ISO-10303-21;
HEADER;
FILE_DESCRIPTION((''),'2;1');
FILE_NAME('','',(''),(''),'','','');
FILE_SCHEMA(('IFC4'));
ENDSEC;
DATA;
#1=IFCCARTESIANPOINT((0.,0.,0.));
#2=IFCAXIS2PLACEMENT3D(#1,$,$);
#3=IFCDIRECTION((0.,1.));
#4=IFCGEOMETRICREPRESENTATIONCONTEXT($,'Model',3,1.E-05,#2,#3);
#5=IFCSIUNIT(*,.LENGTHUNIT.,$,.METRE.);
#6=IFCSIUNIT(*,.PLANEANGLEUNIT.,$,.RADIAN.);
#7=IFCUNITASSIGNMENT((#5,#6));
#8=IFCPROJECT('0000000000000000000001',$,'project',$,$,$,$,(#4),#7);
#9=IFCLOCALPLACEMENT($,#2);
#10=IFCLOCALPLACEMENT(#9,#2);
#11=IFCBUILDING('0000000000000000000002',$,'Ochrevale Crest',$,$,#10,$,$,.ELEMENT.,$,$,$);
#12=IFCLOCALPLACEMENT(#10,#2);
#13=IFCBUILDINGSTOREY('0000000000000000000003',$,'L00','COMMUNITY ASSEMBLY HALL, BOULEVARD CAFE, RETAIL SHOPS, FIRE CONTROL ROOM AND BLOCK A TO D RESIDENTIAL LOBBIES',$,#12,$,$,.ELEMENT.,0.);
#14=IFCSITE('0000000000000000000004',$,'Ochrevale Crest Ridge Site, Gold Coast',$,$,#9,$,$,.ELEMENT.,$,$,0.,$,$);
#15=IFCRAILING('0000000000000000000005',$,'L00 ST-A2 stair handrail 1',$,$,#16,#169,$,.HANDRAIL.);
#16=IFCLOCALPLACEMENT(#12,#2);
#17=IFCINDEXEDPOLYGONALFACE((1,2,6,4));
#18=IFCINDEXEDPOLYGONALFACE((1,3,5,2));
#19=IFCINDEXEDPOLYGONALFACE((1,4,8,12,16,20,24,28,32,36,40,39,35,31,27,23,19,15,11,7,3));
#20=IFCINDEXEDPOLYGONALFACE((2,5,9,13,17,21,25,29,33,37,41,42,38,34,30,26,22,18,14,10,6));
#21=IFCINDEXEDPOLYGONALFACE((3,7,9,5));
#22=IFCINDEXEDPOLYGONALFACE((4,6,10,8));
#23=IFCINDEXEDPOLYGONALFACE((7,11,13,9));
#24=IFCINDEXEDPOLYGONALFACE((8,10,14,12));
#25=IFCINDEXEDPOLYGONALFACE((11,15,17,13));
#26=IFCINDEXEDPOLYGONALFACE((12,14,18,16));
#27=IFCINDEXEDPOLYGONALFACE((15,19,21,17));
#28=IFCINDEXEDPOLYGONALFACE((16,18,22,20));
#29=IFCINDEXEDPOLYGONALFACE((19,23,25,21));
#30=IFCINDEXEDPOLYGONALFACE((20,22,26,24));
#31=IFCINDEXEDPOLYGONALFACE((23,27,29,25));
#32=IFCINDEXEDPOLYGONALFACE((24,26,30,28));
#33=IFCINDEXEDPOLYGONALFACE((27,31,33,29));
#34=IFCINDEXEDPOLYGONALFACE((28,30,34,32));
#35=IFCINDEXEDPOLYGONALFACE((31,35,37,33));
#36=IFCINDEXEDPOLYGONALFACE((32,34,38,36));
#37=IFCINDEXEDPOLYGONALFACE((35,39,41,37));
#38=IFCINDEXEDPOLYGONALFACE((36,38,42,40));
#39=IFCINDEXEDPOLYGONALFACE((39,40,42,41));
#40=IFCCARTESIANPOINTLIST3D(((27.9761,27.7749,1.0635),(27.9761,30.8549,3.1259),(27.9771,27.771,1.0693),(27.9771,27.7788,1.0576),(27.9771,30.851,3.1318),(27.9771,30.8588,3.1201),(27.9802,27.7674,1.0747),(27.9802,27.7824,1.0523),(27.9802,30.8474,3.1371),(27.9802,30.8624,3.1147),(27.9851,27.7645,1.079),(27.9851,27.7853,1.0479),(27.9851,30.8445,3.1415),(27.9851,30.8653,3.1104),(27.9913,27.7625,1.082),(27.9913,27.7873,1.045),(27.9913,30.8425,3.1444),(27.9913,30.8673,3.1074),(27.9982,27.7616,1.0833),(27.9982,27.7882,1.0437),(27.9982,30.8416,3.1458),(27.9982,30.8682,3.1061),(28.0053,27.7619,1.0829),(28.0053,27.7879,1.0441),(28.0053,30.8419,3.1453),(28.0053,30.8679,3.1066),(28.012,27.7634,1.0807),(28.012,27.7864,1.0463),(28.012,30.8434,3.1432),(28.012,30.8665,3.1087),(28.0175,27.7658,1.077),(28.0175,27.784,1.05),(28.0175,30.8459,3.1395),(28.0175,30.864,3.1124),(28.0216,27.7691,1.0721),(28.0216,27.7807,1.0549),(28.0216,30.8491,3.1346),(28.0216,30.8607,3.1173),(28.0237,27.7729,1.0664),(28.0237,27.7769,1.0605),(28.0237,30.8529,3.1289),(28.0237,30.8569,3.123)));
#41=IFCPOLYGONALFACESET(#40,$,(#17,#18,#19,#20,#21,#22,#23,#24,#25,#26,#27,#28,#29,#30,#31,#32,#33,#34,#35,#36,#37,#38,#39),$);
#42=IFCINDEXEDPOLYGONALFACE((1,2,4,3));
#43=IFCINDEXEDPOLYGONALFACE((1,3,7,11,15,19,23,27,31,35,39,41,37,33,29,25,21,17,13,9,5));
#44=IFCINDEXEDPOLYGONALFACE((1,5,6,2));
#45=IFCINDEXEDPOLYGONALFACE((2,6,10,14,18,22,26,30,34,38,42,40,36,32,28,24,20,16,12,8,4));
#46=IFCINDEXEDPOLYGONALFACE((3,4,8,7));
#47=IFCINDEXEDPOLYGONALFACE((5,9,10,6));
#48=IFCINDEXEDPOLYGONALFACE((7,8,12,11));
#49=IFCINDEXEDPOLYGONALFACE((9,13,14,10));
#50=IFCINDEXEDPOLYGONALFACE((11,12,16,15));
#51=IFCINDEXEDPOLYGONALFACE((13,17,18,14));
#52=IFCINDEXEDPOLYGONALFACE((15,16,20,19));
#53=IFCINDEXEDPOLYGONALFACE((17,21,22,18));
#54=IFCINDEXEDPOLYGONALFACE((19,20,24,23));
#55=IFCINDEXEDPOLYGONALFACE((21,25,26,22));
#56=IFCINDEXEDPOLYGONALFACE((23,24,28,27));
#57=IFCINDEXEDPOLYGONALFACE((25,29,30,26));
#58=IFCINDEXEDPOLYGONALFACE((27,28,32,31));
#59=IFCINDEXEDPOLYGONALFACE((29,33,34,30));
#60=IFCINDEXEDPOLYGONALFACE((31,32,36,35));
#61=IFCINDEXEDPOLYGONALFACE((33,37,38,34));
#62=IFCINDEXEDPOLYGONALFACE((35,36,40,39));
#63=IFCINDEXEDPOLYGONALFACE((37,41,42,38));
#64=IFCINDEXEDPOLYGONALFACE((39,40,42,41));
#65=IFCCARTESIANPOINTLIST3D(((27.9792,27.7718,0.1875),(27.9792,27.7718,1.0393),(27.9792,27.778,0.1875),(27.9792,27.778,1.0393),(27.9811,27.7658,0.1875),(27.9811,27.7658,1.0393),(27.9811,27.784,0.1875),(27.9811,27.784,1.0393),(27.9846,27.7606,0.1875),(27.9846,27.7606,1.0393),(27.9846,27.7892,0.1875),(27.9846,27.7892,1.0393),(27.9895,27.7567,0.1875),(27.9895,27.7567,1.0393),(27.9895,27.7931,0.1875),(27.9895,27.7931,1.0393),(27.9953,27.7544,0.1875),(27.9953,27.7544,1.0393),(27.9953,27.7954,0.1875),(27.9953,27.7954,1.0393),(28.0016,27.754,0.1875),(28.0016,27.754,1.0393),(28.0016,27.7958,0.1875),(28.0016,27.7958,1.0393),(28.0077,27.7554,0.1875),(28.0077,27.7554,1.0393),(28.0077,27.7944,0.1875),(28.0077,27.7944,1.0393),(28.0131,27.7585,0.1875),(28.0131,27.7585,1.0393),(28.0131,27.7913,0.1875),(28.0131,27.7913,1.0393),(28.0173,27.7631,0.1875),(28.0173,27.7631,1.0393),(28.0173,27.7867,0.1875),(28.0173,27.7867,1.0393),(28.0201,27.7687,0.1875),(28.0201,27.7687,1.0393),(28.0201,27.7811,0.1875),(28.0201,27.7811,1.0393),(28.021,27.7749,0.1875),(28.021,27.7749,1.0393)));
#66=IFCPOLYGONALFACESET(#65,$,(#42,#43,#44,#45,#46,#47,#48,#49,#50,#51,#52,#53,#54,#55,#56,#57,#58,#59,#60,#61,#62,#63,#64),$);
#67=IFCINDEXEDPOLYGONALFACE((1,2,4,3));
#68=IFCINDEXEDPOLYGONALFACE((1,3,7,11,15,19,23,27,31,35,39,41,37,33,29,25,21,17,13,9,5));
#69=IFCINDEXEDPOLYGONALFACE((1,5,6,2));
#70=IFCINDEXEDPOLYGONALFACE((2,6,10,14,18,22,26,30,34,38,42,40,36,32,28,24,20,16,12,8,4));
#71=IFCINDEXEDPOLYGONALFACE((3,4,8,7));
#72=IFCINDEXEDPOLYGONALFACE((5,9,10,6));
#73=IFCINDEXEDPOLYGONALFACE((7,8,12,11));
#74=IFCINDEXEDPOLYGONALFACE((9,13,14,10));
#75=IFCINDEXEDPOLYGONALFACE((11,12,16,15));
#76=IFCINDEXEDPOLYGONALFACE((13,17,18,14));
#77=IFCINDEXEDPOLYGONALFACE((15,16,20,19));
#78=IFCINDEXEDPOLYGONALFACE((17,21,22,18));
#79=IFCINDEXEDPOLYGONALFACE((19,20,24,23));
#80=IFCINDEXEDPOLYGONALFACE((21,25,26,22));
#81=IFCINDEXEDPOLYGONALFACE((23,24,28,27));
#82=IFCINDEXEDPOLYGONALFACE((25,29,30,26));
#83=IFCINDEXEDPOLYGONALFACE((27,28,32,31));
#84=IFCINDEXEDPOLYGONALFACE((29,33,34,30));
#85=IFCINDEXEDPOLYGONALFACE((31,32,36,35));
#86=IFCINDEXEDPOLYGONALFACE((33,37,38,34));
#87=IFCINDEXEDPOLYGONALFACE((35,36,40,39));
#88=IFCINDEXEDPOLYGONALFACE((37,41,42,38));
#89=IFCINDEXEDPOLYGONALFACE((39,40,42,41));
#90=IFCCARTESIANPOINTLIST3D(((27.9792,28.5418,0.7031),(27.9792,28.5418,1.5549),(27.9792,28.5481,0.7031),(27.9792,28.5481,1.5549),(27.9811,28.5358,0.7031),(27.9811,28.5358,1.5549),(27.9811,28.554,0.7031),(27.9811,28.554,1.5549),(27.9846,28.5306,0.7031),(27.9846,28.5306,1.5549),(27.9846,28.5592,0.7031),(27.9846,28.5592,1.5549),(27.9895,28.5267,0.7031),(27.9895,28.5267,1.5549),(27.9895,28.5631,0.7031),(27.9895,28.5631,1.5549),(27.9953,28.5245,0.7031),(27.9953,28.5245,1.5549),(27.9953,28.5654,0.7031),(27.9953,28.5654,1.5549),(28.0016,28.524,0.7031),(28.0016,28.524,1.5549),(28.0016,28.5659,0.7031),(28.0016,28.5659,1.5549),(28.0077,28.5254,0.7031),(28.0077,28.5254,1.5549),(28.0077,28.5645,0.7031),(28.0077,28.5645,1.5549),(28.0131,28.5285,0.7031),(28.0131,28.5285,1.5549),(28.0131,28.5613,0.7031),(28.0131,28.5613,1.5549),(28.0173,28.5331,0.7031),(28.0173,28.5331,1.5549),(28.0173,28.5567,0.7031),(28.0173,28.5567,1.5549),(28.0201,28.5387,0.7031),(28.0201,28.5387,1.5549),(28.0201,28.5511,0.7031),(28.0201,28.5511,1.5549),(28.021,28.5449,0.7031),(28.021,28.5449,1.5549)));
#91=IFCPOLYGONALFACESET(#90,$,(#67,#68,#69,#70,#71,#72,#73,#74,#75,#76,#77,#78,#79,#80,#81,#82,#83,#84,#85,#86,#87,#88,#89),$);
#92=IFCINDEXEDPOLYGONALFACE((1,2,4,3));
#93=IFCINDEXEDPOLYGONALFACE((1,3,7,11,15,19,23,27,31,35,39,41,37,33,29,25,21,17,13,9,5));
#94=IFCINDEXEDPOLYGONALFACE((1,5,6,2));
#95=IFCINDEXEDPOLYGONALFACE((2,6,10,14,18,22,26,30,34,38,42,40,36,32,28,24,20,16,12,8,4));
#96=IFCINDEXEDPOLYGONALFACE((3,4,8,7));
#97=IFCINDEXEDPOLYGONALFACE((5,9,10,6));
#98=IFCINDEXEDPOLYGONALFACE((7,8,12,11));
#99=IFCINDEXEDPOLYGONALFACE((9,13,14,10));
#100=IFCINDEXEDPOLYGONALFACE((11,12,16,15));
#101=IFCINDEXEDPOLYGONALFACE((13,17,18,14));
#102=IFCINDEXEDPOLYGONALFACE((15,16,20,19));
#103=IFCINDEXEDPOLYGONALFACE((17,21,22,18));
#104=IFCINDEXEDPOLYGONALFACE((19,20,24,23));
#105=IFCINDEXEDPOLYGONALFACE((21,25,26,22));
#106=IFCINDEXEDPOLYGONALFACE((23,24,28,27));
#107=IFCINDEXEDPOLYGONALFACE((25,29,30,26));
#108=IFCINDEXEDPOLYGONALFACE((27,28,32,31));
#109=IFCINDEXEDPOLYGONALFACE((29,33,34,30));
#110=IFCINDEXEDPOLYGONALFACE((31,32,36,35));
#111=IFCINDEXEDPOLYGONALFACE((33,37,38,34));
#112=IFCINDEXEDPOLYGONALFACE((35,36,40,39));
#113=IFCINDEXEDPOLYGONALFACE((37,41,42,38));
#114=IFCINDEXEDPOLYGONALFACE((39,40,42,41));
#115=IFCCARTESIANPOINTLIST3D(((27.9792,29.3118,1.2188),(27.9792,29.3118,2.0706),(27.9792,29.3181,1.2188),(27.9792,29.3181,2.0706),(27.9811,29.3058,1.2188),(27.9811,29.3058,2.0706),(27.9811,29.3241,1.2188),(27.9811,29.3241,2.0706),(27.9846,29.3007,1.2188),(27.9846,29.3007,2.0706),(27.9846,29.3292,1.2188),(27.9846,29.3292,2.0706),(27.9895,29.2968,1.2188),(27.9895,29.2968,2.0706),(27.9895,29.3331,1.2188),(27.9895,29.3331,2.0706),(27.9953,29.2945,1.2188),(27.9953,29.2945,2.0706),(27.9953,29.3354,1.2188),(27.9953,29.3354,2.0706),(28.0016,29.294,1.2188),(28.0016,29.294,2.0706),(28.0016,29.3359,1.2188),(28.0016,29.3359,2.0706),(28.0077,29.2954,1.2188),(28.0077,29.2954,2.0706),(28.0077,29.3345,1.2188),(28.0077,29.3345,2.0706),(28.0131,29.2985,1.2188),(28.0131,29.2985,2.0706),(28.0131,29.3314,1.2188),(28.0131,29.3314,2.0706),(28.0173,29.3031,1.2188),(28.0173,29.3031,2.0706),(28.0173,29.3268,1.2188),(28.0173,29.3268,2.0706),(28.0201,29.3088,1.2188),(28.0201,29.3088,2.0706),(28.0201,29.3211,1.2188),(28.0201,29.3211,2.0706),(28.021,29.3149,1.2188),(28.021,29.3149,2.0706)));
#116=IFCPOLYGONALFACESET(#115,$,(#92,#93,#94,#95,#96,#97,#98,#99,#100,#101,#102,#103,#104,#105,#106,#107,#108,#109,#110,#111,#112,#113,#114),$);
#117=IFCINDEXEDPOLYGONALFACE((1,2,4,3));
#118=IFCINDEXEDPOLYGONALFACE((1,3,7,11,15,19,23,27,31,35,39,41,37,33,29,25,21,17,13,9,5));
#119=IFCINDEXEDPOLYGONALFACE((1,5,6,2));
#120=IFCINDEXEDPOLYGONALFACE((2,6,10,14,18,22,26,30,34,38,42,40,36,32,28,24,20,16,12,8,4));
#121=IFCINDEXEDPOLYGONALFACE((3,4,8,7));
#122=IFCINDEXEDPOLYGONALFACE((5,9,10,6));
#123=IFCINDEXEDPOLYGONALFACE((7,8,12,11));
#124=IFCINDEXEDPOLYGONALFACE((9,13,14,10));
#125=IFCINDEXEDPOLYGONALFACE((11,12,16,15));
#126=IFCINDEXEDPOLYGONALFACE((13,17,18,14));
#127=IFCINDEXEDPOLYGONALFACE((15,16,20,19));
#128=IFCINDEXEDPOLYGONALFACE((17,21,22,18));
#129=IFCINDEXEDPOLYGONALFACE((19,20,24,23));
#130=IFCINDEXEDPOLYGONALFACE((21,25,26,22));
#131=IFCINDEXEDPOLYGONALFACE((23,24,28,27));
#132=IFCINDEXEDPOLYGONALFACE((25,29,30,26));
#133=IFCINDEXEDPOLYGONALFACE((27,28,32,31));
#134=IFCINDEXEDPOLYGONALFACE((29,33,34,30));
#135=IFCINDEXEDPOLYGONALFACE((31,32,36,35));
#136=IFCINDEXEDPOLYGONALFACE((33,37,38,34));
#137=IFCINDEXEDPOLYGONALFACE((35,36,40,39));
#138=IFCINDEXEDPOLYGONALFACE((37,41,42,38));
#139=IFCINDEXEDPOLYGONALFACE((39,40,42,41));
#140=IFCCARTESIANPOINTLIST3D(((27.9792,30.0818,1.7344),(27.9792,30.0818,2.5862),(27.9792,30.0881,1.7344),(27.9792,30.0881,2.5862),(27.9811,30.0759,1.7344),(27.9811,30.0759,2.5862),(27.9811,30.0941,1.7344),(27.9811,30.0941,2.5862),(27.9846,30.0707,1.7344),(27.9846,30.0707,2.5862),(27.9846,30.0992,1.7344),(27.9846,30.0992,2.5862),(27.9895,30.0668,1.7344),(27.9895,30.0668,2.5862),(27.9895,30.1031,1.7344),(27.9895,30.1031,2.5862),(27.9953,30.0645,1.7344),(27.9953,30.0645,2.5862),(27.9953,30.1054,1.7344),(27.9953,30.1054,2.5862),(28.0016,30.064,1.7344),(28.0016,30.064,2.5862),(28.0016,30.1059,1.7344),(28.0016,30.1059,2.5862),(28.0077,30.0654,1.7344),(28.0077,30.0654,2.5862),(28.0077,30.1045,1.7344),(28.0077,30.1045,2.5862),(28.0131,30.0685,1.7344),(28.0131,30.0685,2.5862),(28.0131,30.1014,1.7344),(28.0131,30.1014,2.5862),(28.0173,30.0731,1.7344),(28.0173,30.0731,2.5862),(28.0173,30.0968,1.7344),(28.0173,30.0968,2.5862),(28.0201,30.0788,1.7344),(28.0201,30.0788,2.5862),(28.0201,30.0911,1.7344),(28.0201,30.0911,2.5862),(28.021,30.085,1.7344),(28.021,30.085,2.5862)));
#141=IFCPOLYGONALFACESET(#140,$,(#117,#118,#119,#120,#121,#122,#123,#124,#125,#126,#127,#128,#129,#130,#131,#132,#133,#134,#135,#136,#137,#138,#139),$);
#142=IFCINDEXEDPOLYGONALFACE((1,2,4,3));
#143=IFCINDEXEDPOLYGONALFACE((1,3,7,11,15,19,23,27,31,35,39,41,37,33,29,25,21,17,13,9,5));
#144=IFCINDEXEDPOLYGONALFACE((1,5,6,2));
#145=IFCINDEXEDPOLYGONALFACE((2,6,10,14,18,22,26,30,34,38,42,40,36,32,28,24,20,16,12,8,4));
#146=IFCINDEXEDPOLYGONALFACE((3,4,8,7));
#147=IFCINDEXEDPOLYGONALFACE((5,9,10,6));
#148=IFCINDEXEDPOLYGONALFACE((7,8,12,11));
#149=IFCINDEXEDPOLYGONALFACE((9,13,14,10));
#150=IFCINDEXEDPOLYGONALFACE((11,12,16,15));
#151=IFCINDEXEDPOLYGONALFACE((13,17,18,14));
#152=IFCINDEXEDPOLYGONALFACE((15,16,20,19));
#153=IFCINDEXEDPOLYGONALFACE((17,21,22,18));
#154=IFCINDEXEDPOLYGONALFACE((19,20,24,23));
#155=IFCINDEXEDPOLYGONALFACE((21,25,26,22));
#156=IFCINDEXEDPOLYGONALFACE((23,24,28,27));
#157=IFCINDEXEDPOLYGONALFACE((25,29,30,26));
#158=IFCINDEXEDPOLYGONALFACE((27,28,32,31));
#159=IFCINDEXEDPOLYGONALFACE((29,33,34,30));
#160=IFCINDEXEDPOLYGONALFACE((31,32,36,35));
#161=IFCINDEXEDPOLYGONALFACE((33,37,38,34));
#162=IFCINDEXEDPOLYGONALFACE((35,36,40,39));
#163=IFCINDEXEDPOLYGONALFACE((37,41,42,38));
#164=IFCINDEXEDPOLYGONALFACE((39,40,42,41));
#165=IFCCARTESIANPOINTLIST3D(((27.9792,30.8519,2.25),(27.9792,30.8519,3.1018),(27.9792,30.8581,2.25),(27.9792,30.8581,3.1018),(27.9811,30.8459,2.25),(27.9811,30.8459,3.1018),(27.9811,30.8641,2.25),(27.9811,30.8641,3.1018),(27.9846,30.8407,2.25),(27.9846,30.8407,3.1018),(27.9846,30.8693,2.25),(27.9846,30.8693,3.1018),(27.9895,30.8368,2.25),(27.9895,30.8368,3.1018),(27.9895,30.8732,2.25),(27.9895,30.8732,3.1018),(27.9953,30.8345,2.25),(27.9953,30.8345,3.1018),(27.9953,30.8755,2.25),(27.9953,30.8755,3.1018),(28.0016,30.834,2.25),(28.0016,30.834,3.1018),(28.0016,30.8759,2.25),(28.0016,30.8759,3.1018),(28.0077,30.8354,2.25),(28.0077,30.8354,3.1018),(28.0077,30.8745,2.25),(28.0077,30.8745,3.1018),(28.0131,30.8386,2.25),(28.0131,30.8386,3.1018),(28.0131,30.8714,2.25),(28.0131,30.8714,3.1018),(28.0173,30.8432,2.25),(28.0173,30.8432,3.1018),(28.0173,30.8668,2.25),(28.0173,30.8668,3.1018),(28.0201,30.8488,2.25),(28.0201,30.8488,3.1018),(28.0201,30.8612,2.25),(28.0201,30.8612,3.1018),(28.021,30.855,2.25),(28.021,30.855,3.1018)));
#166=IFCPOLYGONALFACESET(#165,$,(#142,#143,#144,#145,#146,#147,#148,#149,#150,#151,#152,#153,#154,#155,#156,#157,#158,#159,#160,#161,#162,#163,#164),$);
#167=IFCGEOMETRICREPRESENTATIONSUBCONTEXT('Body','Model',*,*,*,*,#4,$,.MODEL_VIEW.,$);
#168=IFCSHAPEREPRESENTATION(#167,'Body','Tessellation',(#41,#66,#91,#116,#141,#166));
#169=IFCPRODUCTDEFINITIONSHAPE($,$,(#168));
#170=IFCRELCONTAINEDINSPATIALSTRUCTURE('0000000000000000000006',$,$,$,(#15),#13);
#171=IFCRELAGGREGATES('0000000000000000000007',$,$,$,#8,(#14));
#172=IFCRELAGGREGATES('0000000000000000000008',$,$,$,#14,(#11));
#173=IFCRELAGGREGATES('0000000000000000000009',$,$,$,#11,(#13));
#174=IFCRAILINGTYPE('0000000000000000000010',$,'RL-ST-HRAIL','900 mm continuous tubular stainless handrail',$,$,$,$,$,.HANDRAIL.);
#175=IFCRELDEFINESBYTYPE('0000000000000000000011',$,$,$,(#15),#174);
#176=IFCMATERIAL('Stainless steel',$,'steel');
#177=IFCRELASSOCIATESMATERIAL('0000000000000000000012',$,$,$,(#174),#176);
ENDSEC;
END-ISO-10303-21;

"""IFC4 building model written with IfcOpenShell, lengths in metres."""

from ifc_helpers import new_model, si_unit, direction, frame, origin, origin_2d, place, context, subcontext, project, spatial, circle, extrude, material, type_object, element, save


model = new_model("IFC4")

# Units and contexts
model_context = context("Model", 3, precision=1e-05, world=origin(), true_north=direction((0.0, 1.0)))
body_context = subcontext(model_context, "Body", "Model", "MODEL_VIEW")
ifc_project = project(units=[si_unit("LENGTHUNIT", "METRE"), si_unit("PLANEANGLEUNIT", "RADIAN")], contexts=[model_context])

# Site, building, storey
site_placement = place(None, origin())
site = spatial("IfcSite", under=ifc_project, at=site_placement, Name="Ochrevale Crest Ridge Site, Gold Coast", CompositionType="ELEMENT", RefElevation=0.0)
building_placement = place(site_placement, origin())
building = spatial("IfcBuilding", under=site, at=building_placement, Name="Ochrevale Crest", CompositionType="ELEMENT")
storey_placement = place(building_placement, origin())
storey = spatial("IfcBuildingStorey", under=building, at=storey_placement, Name="L00", Description="COMMUNITY ASSEMBLY HALL, BOULEVARD CAFE, RETAIL SHOPS, FIRE CONTROL ROOM AND BLOCK A TO D RESIDENTIAL LOBBIES", CompositionType="ELEMENT", Elevation=0.0)

# Railing
ifc_material_1 = material(Name="Stainless steel", Category="steel")
railing_type_1 = type_object("IfcRailingType", Name="RL-ST-HRAIL", Description="900 mm continuous tubular stainless handrail", PredefinedType="HANDRAIL", material=ifc_material_1)
railing_1_placement = place(storey_placement, frame((28.0, 27.7749, 0.1875)))
element("IfcRailing", 1, at=railing_1_placement, inside=storey, type_object=railing_type_1, Name="L00 ST-A2 stair handrail 1", PredefinedType="HANDRAIL", context=body_context, shape_type="SweptSolid", body=[
    extrude(circle(Radius=0.0239, at=origin_2d()), frame((0.0, 0.0, 0.876), z_axis=(0.0, 0.830914, 0.556401), x_axis=(-1.0, 0.0, 0.0)), (0.0, 0.0, 1.0), 3.7068),
    extrude(circle(Radius=0.021, at=origin_2d()), origin(), (0.0, 0.0, 1.0), 0.8518),
    extrude(circle(Radius=0.021, at=origin_2d()), frame((0.0, 0.77, 0.5156)), (0.0, 0.0, 1.0), 0.8518),
    extrude(circle(Radius=0.021, at=origin_2d()), frame((0.0, 1.54, 1.0312)), (0.0, 0.0, 1.0), 0.8518),
    extrude(circle(Radius=0.021, at=origin_2d()), frame((0.0, 2.3101, 1.5469)), (0.0, 0.0, 1.0), 0.8518),
    extrude(circle(Radius=0.021, at=origin_2d()), frame((0.0, 3.0801, 2.0625)), (0.0, 0.0, 1.0), 0.8518),
])

save(model, "model.ifc")
